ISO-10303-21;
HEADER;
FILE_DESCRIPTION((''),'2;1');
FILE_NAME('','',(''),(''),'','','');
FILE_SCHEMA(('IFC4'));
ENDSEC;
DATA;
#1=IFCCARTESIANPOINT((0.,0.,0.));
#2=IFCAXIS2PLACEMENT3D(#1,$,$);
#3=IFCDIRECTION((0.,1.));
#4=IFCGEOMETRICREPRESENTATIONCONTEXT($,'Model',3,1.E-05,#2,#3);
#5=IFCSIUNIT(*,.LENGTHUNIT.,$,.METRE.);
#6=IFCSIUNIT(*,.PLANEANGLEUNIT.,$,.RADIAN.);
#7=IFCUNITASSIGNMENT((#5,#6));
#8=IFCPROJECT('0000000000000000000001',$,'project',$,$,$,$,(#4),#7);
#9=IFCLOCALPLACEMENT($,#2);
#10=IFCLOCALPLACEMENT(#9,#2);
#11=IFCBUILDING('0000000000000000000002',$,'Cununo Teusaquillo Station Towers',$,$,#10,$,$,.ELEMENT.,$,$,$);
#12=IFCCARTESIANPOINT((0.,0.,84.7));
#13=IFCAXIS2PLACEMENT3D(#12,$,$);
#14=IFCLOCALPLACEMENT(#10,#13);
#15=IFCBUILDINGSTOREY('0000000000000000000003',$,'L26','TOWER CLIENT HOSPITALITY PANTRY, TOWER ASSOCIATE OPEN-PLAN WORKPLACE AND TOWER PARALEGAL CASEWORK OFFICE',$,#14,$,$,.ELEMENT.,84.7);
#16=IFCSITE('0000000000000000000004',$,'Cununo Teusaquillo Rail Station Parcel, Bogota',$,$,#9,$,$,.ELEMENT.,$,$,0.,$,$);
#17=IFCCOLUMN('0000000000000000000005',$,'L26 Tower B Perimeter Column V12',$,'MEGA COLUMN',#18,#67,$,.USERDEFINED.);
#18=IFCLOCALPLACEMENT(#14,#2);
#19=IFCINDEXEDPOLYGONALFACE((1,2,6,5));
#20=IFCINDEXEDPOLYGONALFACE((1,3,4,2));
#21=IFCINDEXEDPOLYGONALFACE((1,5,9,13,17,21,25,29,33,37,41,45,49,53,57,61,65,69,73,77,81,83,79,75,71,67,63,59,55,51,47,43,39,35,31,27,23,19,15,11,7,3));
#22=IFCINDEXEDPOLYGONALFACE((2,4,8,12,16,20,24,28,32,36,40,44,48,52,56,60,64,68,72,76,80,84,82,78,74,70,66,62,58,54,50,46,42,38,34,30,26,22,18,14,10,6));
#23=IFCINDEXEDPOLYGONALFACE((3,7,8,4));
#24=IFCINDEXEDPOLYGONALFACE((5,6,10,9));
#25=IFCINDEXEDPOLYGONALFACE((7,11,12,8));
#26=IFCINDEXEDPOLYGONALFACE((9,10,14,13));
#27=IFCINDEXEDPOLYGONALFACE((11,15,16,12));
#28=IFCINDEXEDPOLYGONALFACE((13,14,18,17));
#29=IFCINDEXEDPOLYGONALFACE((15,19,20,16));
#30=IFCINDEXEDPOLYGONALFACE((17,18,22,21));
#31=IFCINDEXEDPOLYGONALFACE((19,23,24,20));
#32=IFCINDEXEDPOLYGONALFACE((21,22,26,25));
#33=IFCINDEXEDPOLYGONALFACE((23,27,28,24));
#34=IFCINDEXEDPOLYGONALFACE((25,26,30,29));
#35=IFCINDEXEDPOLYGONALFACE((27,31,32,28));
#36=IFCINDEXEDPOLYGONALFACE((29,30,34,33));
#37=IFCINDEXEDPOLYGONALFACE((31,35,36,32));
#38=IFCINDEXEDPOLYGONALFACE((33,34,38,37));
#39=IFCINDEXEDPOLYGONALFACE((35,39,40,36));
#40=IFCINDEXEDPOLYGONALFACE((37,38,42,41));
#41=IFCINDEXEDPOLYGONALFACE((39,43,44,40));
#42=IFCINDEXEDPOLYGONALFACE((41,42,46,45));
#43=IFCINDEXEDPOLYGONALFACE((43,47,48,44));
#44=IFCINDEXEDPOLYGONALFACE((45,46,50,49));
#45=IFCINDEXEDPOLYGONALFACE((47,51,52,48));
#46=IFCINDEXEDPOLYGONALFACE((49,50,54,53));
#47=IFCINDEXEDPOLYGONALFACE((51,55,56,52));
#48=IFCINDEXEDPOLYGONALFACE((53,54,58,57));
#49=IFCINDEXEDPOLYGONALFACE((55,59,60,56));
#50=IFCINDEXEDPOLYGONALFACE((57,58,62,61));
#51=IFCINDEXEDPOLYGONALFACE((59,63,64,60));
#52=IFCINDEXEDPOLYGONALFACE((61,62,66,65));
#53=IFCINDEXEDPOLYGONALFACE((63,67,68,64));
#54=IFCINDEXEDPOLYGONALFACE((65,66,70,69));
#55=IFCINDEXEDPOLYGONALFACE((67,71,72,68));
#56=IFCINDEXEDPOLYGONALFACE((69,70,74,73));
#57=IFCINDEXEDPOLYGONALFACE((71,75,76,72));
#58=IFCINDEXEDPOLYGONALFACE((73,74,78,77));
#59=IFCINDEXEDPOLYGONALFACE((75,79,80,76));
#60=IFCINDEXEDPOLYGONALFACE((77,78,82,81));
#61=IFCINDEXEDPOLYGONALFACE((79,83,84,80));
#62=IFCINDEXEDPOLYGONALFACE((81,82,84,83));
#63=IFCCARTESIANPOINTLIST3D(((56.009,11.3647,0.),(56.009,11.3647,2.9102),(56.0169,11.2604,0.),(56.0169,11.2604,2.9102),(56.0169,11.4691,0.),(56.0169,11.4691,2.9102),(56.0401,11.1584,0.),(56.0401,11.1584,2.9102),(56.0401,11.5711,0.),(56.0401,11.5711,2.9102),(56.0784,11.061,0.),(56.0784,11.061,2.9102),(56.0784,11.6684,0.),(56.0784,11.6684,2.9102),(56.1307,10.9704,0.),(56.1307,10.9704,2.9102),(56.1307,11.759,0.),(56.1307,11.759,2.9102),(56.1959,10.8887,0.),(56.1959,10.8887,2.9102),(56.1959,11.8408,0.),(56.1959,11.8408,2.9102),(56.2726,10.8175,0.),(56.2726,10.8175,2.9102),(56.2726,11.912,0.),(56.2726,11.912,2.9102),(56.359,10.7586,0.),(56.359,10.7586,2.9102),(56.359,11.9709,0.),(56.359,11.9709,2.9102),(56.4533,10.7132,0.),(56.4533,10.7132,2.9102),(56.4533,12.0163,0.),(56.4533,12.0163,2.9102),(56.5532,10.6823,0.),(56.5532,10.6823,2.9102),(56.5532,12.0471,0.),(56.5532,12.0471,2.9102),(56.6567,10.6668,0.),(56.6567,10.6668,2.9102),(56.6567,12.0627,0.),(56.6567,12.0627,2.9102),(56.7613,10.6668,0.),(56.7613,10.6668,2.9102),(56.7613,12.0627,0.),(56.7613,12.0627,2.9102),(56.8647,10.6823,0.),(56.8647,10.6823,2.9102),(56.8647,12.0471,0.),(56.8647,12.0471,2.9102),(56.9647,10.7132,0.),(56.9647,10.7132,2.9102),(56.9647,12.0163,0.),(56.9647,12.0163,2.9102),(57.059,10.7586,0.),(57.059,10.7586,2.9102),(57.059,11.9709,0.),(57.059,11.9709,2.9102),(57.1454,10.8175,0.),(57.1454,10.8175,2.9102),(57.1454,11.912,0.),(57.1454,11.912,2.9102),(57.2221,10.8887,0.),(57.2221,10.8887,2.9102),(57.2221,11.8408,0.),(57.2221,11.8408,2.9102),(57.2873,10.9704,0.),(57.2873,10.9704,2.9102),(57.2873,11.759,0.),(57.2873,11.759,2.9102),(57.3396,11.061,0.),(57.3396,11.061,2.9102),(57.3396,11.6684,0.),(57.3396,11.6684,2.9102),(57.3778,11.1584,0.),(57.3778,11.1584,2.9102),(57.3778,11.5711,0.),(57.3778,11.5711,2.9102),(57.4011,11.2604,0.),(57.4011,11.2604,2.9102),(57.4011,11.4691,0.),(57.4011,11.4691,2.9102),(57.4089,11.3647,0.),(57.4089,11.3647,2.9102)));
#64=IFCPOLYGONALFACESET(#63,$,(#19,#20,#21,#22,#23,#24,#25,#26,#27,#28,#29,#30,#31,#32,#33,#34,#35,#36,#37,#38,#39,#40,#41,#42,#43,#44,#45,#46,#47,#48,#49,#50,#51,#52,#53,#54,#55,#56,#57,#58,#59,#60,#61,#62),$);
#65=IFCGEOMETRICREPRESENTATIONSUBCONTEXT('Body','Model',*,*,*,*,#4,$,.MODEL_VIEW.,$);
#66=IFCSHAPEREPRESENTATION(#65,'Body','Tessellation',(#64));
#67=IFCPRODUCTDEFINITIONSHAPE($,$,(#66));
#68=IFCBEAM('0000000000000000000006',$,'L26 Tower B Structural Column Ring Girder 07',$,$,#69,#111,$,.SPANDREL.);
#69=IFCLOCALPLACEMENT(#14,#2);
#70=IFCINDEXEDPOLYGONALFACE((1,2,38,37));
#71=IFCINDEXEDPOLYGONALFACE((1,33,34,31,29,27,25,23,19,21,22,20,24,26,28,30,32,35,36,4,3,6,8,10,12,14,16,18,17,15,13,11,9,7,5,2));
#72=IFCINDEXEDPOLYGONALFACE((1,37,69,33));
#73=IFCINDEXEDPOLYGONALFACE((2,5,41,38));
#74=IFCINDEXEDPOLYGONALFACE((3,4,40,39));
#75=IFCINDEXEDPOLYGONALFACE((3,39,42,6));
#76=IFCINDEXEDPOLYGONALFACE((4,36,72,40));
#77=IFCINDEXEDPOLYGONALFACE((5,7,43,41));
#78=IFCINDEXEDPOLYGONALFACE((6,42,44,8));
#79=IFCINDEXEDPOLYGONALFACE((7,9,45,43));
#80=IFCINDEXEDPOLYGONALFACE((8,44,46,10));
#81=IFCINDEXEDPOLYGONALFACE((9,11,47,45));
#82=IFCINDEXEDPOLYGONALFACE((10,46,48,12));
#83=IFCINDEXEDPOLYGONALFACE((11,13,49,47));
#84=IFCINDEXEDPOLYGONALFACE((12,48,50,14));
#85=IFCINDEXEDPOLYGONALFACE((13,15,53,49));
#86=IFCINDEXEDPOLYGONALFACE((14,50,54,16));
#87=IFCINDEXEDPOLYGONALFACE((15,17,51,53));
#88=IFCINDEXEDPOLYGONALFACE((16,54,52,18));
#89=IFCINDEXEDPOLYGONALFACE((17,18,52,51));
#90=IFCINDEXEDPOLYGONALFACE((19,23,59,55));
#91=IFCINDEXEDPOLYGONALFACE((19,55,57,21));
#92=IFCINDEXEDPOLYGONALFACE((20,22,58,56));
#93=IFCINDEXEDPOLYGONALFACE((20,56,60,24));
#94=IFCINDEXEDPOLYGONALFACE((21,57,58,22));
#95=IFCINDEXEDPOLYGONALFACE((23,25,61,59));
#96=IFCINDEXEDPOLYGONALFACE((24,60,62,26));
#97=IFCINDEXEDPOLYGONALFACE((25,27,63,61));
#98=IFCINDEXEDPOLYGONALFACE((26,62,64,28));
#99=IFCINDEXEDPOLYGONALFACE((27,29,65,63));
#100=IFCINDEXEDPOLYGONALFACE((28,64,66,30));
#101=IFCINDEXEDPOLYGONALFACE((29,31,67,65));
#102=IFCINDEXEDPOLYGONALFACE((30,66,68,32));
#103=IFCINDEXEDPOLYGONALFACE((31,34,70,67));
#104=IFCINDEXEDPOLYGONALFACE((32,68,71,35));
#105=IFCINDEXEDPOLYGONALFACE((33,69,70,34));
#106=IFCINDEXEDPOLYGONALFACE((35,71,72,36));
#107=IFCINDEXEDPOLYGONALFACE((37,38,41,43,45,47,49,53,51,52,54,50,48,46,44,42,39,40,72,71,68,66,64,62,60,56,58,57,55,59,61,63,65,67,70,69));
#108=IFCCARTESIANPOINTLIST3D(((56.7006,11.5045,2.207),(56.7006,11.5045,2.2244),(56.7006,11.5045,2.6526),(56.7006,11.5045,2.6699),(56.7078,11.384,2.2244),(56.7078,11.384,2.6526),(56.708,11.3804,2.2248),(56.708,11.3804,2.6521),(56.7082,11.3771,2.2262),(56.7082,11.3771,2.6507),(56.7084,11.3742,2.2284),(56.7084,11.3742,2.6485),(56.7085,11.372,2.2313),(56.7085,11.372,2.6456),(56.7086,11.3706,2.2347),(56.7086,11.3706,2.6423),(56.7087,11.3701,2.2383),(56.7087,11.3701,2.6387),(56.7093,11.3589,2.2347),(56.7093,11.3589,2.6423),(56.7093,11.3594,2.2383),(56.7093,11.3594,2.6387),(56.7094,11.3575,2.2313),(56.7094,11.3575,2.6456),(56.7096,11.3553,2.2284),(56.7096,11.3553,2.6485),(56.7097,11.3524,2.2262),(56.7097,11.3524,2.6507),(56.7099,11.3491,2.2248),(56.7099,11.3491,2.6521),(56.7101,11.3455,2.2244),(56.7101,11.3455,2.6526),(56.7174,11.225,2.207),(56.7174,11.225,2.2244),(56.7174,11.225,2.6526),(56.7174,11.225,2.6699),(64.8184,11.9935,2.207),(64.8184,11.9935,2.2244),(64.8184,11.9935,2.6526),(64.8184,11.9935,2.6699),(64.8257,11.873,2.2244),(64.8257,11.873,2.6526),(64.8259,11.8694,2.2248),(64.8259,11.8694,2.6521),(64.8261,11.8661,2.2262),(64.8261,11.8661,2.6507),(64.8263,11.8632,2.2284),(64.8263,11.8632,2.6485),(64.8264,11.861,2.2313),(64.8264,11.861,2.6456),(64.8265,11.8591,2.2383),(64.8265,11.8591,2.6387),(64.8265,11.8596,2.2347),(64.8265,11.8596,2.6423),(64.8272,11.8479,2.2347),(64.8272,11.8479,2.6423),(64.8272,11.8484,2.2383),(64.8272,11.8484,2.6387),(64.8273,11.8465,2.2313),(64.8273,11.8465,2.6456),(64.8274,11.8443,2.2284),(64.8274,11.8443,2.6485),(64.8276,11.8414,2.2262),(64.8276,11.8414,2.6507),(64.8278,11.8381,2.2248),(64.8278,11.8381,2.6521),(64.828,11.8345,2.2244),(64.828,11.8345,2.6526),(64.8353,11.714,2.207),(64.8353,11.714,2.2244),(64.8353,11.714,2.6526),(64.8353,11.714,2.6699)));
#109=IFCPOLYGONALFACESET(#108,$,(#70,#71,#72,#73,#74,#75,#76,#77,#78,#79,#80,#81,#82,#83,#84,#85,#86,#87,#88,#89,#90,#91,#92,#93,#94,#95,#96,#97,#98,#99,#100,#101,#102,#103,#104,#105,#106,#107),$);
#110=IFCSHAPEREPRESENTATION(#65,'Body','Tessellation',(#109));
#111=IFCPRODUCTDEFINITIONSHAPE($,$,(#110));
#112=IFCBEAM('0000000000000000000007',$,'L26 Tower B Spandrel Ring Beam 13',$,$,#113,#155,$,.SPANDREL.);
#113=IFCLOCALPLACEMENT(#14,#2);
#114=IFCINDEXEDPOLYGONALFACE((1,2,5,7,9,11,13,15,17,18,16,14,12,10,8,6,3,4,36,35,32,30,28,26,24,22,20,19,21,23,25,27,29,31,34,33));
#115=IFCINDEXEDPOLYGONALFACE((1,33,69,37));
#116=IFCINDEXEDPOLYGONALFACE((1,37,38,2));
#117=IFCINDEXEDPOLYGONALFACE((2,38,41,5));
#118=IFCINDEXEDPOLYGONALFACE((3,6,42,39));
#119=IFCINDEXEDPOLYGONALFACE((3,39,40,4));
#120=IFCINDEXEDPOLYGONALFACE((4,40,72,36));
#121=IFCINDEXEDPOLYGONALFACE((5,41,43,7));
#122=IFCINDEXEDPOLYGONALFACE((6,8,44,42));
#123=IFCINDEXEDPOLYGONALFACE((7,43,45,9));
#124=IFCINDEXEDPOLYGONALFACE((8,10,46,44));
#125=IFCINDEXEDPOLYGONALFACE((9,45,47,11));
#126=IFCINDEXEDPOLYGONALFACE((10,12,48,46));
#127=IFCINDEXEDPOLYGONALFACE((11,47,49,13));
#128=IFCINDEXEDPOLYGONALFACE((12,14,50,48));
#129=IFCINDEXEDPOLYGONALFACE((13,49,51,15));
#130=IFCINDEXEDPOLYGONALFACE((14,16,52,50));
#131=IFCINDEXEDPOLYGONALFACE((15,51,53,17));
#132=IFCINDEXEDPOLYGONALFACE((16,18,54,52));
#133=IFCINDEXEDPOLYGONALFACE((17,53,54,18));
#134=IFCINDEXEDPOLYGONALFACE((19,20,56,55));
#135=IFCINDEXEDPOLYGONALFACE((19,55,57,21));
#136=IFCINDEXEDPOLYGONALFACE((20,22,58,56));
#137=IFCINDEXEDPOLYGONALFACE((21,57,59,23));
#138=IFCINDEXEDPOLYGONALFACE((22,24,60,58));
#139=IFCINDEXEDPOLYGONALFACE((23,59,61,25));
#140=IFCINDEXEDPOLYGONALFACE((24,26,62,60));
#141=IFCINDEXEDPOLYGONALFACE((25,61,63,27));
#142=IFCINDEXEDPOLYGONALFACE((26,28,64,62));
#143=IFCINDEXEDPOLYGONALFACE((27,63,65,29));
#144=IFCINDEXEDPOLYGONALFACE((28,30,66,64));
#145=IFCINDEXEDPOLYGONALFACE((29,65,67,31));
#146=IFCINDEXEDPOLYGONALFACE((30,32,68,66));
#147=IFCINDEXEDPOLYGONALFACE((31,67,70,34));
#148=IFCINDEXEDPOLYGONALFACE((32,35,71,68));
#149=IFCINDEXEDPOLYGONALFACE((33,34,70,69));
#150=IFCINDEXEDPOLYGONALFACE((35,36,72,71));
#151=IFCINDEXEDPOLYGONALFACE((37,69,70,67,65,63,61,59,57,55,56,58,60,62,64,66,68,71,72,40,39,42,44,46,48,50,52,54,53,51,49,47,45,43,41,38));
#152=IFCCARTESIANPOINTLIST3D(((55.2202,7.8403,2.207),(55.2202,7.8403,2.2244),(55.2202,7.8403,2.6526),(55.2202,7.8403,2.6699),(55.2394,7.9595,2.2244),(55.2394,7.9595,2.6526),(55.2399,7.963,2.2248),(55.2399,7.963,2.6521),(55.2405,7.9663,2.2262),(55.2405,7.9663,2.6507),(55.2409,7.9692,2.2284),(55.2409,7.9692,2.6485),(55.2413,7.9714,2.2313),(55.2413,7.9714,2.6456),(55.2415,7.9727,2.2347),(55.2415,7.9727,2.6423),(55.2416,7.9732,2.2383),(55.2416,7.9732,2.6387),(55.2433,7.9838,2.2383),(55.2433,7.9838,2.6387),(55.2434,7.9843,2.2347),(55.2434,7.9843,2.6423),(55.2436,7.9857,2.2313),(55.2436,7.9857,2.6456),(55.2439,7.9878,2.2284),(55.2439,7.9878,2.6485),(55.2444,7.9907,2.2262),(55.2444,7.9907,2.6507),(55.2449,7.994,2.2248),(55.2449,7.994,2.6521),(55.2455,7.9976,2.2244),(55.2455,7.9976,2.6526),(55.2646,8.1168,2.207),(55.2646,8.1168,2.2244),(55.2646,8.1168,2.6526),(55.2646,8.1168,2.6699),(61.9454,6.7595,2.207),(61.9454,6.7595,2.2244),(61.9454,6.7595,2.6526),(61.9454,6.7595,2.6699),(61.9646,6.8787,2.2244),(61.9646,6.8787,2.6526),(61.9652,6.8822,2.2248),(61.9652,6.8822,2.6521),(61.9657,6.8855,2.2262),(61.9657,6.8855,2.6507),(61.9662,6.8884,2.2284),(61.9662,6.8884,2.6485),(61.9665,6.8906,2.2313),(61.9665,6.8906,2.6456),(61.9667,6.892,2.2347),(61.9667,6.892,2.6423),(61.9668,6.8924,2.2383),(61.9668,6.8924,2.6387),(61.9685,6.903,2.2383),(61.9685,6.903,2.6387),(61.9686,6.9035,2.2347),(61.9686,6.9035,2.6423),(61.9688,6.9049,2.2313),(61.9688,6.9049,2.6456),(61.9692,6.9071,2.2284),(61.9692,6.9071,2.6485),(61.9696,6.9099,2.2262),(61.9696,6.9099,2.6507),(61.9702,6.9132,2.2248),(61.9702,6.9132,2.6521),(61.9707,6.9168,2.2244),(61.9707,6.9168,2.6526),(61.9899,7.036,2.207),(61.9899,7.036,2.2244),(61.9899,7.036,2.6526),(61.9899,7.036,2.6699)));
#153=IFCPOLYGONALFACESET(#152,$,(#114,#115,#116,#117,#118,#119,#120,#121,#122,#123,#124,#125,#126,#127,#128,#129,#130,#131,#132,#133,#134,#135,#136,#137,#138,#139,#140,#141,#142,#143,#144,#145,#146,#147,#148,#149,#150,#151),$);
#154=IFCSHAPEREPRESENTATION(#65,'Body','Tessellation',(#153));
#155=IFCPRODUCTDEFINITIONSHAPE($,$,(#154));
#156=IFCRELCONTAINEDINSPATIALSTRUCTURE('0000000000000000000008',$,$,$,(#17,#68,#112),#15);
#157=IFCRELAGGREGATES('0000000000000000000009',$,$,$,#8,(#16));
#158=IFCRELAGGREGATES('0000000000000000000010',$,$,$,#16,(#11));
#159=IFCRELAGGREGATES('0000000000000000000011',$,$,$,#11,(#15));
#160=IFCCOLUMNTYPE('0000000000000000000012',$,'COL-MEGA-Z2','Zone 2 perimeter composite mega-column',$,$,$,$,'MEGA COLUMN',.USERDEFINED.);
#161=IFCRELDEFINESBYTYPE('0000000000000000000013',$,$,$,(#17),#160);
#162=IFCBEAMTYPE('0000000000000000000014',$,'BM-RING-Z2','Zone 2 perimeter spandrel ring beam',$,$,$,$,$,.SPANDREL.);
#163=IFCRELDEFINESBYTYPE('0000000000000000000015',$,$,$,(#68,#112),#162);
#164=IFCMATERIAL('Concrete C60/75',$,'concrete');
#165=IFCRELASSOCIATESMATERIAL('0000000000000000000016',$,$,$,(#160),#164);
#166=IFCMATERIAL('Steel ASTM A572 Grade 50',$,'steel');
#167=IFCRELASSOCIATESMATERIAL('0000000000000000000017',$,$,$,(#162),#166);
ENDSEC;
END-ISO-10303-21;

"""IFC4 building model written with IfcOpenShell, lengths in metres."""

from ifc_helpers import new_model, si_unit, direction, frame, origin, origin_2d, place, context, subcontext, project, spatial, circle, i_section, extrude, material, material_profile, profile_set, type_object, element, save


model = new_model("IFC4")

# Units and contexts
model_context = context("Model", 3, precision=1e-05, world=origin(), true_north=direction((0.0, 1.0)))
body_context = subcontext(model_context, "Body", "Model", "MODEL_VIEW")
ifc_project = project(units=[si_unit("LENGTHUNIT", "METRE"), si_unit("PLANEANGLEUNIT", "RADIAN")], contexts=[model_context])

# Site, building, storey
site_placement = place(None, origin())
site = spatial("IfcSite", under=ifc_project, at=site_placement, Name="Cununo Teusaquillo Rail Station Parcel, Bogota", CompositionType="ELEMENT", RefElevation=0.0)
building_placement = place(site_placement, origin())
building = spatial("IfcBuilding", under=site, at=building_placement, Name="Cununo Teusaquillo Station Towers", CompositionType="ELEMENT")
storey_placement = place(building_placement, frame((0.0, 0.0, 84.7)))
storey = spatial("IfcBuildingStorey", under=building, at=storey_placement, Name="L26", Description="TOWER CLIENT HOSPITALITY PANTRY, TOWER ASSOCIATE OPEN-PLAN WORKPLACE AND TOWER PARALEGAL CASEWORK OFFICE", CompositionType="ELEMENT", Elevation=84.7)

# Column
ifc_material_1 = material(Name="Concrete C60/75", Category="concrete")
ifc_material_profile_1 = material_profile(ifc_material_1, circle(Radius=0.7, at=origin_2d()), Name="RC-CIRC-1400")
ifc_profile_set_1 = profile_set([ifc_material_profile_1], Name="Concrete C60/75")
column_type = type_object("IfcColumnType", Name="COL-MEGA-Z2", Description="Zone 2 perimeter composite mega-column", ElementType="MEGA COLUMN", PredefinedType="USERDEFINED", material=ifc_profile_set_1)
column_placement = place(storey_placement, frame((56.709, 11.3647, 0.0), z_axis=(0.0, 0.0, 1.0), x_axis=(1.0, 0.0, 0.0)))
element("IfcColumn", 1, at=column_placement, inside=storey, type_object=column_type, Name="L26 Tower B Perimeter Column V12", ObjectType="MEGA COLUMN", PredefinedType="USERDEFINED", context=body_context, shape_type="SweptSolid", body=[
    extrude(circle(Radius=0.7, at=origin_2d()), origin(), (0.0, 0.0, 1.0), 2.9102),
])

# Beams
ifc_material_2 = material(Name="Steel ASTM A572 Grade 50", Category="steel")
ifc_material_profile_2 = material_profile(ifc_material_2, i_section(OverallWidth=0.28, OverallDepth=0.4629, WebThickness=0.0107, FlangeThickness=0.0173, FilletRadius=0.0139, at=origin_2d()), Name="W18X76")
ifc_profile_set_2 = profile_set([ifc_material_profile_2], Name="Steel ASTM A572 Grade 50")
beam_type = type_object("IfcBeamType", Name="BM-RING-Z2", Description="Zone 2 perimeter spandrel ring beam", PredefinedType="SPANDREL", material=ifc_profile_set_2)
beam_1_placement = place(storey_placement, frame((56.709, 11.3647, 2.4385), z_axis=(0.998191, 0.06013, 0.0), x_axis=(-0.06013, 0.998191, 0.0)))
element("IfcBeam", 2, at=beam_1_placement, inside=storey, type_object=beam_type, Name="L26 Tower B Structural Column Ring Girder 07", PredefinedType="SPANDREL", context=body_context, shape_type="SweptSolid", body=[
    extrude(i_section(OverallWidth=0.28, OverallDepth=0.4629, WebThickness=0.0107, FlangeThickness=0.0173, FilletRadius=0.0139, at=origin_2d()), origin(), (0.0, 0.0, 1.0), 8.1326),
])
beam_2_placement = place(storey_placement, frame((55.2424, 7.9785, 2.4385), z_axis=(0.987331, -0.158671, 0.0), x_axis=(0.158671, 0.987331, 0.0)))
element("IfcBeam", 3, at=beam_2_placement, inside=storey, type_object=beam_type, Name="L26 Tower B Spandrel Ring Beam 13", PredefinedType="SPANDREL", context=body_context, shape_type="SweptSolid", body=[
    extrude(i_section(OverallWidth=0.28, OverallDepth=0.4629, WebThickness=0.0107, FlangeThickness=0.0173, FilletRadius=0.0139, at=origin_2d()), origin(), (0.0, 0.0, 1.0), 6.8115),
])

save(model, "model.ifc")
